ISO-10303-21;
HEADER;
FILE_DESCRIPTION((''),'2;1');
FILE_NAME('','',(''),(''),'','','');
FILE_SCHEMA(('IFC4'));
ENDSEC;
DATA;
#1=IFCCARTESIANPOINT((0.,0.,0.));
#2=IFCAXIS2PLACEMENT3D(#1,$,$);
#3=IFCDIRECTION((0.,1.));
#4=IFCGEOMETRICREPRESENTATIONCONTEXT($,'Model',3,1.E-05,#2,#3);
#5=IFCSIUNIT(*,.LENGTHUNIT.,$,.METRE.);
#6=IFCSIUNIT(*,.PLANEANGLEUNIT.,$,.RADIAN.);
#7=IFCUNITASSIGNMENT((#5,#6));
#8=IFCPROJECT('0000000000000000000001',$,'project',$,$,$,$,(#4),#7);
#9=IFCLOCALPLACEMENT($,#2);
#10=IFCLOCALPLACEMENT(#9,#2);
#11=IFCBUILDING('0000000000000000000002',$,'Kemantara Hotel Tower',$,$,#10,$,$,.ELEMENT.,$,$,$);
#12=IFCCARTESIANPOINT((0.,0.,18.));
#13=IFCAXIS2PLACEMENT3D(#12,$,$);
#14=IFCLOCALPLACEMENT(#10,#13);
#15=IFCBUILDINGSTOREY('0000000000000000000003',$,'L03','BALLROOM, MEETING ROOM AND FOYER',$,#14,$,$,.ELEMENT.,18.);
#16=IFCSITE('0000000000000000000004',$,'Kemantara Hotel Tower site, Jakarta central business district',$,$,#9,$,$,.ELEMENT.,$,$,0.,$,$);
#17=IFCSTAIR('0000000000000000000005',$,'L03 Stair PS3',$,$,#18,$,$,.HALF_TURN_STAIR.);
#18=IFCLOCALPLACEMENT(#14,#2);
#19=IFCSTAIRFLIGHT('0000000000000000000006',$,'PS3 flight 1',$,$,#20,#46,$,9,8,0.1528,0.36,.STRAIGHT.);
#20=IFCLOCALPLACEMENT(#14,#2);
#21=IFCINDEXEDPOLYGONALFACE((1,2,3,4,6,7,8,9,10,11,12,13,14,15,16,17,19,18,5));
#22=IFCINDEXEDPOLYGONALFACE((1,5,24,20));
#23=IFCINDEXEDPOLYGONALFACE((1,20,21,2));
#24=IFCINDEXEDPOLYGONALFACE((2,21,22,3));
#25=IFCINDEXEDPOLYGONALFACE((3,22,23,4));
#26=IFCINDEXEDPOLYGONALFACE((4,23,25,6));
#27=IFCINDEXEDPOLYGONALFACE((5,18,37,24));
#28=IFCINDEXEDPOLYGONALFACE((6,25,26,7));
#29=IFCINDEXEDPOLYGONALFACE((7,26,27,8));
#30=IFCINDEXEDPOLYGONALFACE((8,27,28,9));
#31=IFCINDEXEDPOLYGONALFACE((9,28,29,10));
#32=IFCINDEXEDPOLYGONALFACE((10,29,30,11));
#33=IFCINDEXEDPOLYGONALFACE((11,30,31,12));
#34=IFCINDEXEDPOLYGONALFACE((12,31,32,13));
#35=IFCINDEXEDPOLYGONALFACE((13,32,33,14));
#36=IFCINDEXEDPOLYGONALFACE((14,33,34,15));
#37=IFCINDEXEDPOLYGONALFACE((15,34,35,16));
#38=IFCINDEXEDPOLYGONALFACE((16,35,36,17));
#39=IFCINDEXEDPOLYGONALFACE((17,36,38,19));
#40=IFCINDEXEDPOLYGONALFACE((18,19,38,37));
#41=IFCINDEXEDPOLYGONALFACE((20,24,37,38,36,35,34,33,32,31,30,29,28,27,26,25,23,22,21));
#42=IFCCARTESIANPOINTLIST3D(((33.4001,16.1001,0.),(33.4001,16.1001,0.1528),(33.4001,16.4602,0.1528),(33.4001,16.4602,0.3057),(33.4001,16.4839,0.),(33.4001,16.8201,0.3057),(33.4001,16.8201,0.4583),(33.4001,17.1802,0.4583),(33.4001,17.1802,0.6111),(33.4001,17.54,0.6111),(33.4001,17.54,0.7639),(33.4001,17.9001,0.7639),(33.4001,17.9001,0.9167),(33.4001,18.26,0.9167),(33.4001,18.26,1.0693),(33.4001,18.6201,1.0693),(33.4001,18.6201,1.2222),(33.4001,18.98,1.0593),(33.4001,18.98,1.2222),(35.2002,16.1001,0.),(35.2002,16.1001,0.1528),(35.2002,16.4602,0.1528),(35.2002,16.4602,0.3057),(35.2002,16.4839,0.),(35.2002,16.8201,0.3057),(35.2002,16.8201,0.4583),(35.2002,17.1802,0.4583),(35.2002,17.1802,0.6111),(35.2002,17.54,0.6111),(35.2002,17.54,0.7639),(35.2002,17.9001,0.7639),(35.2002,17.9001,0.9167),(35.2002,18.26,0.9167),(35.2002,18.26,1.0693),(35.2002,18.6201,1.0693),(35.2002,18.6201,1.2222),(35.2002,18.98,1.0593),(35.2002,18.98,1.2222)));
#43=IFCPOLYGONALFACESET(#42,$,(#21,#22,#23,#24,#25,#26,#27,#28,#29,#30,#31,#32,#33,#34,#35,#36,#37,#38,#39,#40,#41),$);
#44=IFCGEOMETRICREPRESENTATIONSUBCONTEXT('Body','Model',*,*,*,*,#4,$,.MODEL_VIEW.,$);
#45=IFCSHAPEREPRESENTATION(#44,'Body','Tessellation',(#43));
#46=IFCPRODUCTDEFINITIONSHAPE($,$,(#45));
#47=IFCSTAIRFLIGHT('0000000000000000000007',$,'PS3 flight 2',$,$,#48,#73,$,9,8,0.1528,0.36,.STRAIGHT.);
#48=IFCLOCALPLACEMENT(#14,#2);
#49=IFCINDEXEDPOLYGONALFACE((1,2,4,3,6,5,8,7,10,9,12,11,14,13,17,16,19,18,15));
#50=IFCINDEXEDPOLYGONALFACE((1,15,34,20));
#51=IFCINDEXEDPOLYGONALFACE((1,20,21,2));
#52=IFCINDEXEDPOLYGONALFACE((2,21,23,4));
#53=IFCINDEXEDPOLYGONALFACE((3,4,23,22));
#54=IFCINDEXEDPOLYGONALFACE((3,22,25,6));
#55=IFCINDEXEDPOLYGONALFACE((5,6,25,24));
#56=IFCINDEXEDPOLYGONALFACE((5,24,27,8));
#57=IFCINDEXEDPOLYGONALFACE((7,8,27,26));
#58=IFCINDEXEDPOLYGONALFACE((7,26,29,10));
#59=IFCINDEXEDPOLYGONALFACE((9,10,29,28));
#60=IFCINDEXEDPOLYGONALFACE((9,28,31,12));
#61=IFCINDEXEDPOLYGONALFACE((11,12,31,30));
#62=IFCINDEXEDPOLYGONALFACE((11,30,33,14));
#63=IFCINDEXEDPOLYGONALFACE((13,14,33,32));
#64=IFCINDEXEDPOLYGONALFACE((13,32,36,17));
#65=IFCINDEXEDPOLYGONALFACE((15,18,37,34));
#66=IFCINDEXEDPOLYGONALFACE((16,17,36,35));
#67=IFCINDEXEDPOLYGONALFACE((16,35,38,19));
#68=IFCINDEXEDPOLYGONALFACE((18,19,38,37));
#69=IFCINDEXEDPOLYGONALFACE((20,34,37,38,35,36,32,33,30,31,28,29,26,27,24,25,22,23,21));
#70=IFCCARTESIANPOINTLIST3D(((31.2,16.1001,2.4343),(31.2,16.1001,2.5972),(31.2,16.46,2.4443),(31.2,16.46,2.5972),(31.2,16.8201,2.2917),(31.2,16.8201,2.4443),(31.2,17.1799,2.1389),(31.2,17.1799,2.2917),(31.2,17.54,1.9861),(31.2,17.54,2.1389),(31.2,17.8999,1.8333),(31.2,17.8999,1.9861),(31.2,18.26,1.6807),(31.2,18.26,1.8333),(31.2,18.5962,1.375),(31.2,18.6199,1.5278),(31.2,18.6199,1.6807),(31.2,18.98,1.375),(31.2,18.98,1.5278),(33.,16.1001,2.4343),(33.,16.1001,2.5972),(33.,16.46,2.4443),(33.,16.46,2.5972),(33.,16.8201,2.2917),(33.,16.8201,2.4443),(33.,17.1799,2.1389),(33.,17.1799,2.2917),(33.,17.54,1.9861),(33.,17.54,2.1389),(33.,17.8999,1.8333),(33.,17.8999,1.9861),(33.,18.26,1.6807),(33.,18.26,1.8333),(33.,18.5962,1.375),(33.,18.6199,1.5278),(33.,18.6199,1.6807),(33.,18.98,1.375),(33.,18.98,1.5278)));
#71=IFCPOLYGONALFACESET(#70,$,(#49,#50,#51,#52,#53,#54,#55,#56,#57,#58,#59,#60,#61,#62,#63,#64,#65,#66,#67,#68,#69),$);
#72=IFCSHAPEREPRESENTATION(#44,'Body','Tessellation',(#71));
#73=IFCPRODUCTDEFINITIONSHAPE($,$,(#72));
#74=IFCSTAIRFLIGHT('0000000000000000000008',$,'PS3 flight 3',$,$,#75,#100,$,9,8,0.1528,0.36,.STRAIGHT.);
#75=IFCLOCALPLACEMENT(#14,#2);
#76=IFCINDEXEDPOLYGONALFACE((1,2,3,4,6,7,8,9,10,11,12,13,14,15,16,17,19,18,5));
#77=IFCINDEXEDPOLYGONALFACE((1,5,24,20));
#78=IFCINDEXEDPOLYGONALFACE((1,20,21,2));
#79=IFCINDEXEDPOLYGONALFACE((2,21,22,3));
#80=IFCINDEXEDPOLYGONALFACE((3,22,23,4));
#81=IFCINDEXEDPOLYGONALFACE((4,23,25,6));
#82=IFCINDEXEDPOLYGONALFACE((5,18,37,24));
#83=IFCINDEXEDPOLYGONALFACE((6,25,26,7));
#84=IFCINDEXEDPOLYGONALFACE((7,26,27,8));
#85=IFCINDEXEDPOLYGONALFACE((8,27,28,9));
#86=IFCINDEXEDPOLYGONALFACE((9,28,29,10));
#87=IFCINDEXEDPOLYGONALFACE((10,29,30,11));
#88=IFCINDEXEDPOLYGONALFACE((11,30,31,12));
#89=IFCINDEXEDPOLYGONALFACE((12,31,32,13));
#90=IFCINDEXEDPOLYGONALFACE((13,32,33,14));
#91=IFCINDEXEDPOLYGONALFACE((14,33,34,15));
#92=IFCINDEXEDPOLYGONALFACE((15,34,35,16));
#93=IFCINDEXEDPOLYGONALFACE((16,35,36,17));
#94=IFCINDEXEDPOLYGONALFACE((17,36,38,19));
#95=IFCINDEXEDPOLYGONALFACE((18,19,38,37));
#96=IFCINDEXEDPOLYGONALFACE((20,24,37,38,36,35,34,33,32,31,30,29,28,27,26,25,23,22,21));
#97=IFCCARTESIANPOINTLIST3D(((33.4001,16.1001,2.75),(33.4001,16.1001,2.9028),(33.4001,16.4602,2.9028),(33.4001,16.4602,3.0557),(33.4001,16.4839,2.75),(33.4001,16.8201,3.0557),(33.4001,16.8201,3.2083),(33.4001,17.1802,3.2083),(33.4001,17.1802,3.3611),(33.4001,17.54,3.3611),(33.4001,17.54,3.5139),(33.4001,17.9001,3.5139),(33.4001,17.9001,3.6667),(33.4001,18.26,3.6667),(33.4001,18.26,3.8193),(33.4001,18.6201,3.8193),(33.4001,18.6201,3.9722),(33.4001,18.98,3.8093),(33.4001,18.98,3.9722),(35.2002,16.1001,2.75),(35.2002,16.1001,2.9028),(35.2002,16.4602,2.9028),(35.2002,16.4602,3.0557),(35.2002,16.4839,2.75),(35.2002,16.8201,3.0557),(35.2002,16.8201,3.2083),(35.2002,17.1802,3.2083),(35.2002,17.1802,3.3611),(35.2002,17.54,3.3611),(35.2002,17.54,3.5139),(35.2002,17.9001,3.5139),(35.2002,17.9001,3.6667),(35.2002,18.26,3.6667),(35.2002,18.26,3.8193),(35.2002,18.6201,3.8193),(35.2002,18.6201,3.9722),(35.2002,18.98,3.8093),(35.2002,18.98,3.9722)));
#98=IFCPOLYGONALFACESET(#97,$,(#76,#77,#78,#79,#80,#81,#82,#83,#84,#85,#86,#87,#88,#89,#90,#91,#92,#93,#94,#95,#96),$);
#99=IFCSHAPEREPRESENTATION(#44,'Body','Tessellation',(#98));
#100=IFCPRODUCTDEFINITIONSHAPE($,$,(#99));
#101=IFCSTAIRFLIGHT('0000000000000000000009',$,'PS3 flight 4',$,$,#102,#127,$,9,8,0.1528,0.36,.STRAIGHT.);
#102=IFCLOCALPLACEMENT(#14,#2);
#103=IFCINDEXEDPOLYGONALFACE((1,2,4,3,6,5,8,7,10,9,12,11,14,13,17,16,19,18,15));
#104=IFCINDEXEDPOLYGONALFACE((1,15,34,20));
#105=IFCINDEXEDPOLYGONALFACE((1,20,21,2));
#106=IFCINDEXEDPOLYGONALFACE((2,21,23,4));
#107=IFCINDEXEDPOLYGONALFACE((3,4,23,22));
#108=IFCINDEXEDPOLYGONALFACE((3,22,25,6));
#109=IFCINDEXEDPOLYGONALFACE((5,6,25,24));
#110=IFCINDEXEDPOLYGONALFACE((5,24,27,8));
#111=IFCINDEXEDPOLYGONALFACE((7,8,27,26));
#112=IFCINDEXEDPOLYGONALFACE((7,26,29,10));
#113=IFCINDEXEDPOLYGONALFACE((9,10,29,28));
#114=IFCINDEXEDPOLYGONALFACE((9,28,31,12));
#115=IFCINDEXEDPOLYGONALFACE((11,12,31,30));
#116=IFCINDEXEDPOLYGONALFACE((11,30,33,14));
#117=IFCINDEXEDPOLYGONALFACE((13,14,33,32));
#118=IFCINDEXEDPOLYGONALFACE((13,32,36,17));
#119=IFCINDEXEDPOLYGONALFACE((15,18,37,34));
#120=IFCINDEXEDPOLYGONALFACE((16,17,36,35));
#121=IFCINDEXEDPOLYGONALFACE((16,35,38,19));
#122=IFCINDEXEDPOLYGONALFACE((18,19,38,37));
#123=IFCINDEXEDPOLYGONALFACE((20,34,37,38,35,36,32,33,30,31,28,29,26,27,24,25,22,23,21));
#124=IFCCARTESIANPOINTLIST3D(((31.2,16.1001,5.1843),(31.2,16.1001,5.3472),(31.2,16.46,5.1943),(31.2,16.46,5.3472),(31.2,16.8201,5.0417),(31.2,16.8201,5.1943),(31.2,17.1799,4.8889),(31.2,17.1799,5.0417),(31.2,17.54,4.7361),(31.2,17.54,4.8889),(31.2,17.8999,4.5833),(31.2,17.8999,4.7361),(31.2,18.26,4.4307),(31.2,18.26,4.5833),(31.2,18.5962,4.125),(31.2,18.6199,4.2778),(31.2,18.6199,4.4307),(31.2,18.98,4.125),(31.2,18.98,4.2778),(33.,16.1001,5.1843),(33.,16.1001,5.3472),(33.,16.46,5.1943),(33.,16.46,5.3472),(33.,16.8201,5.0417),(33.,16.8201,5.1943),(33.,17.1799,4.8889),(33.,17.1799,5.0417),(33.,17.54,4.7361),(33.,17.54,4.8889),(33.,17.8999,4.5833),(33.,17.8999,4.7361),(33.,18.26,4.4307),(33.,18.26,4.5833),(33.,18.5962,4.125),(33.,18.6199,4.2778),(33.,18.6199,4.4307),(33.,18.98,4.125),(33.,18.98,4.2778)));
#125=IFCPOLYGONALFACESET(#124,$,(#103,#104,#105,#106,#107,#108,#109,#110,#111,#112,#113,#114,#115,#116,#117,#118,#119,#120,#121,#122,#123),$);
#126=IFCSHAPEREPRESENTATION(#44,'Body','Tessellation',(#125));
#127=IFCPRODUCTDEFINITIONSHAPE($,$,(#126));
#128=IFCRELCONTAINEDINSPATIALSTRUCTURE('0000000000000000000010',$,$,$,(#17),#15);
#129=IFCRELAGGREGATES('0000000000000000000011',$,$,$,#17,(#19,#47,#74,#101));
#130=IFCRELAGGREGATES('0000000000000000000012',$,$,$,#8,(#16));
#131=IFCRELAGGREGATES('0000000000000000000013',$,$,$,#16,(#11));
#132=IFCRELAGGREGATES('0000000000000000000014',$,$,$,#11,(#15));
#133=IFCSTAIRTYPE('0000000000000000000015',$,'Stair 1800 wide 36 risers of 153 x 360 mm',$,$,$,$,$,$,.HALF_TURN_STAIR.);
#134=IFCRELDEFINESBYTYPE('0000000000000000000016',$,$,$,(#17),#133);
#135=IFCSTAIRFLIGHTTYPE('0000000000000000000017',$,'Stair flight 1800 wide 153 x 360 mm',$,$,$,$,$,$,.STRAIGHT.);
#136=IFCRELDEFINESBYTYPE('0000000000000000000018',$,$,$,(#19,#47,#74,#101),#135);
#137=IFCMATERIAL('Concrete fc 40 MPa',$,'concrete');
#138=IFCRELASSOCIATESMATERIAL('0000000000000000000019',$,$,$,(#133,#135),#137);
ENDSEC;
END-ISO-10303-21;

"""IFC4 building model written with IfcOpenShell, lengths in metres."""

from ifc_helpers import new_model, si_unit, direction, frame, origin, place, context, subcontext, project, spatial, polyline, outline, extrude, material, type_object, element, aggregate, save


model = new_model("IFC4")

# Units and contexts
model_context = context("Model", 3, precision=1e-05, world=origin(), true_north=direction((0.0, 1.0)))
body_context = subcontext(model_context, "Body", "Model", "MODEL_VIEW")
ifc_project = project(units=[si_unit("LENGTHUNIT", "METRE"), si_unit("PLANEANGLEUNIT", "RADIAN")], contexts=[model_context])

# Site, building, storey
site_placement = place(None, origin())
site = spatial("IfcSite", under=ifc_project, at=site_placement, Name="Kemantara Hotel Tower site, Jakarta central business district", CompositionType="ELEMENT", RefElevation=0.0)
building_placement = place(site_placement, origin())
building = spatial("IfcBuilding", under=site, at=building_placement, Name="Kemantara Hotel Tower", CompositionType="ELEMENT")
storey_placement = place(building_placement, frame((0.0, 0.0, 18.0)))
storey = spatial("IfcBuildingStorey", under=building, at=storey_placement, Name="L03", Description="BALLROOM, MEETING ROOM AND FOYER", CompositionType="ELEMENT", Elevation=18.0)

# Shared definitions
ifc_material_1 = material(Name="Concrete fc 40 MPa", Category="concrete")

# Stair, stair flights
stair_type = type_object("IfcStairType", Name="Stair 1800 wide 36 risers of 153 x 360 mm", PredefinedType="HALF_TURN_STAIR", material=ifc_material_1)
stair_flight_type = type_object("IfcStairFlightType", Name="Stair flight 1800 wide 153 x 360 mm", PredefinedType="STRAIGHT", material=ifc_material_1)
stair_1_placement = place(storey_placement, origin())
stair_1 = element("IfcStair", 1, at=stair_1_placement, inside=storey, type_object=stair_type, Name="L03 Stair PS3", PredefinedType="HALF_TURN_STAIR")
stair_flight_1_placement = place(storey_placement, frame((34.3, 16.1001, 0.0), z_axis=(0.0, 0.0, 1.0), x_axis=(0.0, 1.0, 0.0)))
stair_flight_1 = element("IfcStairFlight", 2, at=stair_flight_1_placement, type_object=stair_flight_type, Name="PS3 flight 1", NumberOfRisers=9, NumberOfTreads=8, PredefinedType="STRAIGHT", RiserHeight=0.1528, TreadLength=0.36, context=body_context, shape_type="SweptSolid", body=[
    extrude(outline(polyline([(0.0, 0.0), (0.0, 0.1528), (0.3601, 0.1528), (0.3601, 0.3057), (0.72, 0.3057), (0.72, 0.4583), (1.0801, 0.4583), (1.0801, 0.6111), (1.4399, 0.6111), (1.4399, 0.7639), (1.8, 0.7639), (1.8, 0.9167), (2.1599, 0.9167), (2.1599, 1.0693), (2.52, 1.0693), (2.52, 1.2222), (2.8799, 1.2222), (2.8799, 1.375), (2.8799, 1.0593), (0.3838, 0.0), (0.0, 0.0)])), frame((0.0, 0.8999, 0.0), z_axis=(0.0, -1.0, 0.0), x_axis=(1.0, 0.0, 0.0)), (0.0, 0.0, 1.0), 1.8),
])
stair_flight_2_placement = place(storey_placement, frame((32.1001, 18.98, 1.375), z_axis=(0.0, 0.0, 1.0), x_axis=(0.0, -1.0, 0.0)))
stair_flight_2 = element("IfcStairFlight", 3, at=stair_flight_2_placement, type_object=stair_flight_type, Name="PS3 flight 2", NumberOfRisers=9, NumberOfTreads=8, PredefinedType="STRAIGHT", RiserHeight=0.1528, TreadLength=0.36, context=body_context, shape_type="SweptSolid", body=[
    extrude(outline(polyline([(0.0, 0.0), (0.0, 0.1528), (0.3601, 0.1528), (0.3601, 0.3057), (0.72, 0.3057), (0.72, 0.4583), (1.0801, 0.4583), (1.0801, 0.6111), (1.4399, 0.6111), (1.4399, 0.7639), (1.8, 0.7639), (1.8, 0.9167), (2.1599, 0.9167), (2.1599, 1.0693), (2.52, 1.0693), (2.52, 1.2222), (2.8799, 1.2222), (2.8799, 1.375), (2.8799, 1.0593), (0.3838, 0.0), (0.0, 0.0)])), frame((0.0, 0.8999, 0.0), z_axis=(0.0, -1.0, 0.0), x_axis=(1.0, 0.0, 0.0)), (0.0, 0.0, 1.0), 1.8),
])
stair_flight_3_placement = place(storey_placement, frame((34.3, 16.1001, 2.75), z_axis=(0.0, 0.0, 1.0), x_axis=(0.0, 1.0, 0.0)))
stair_flight_3 = element("IfcStairFlight", 4, at=stair_flight_3_placement, type_object=stair_flight_type, Name="PS3 flight 3", NumberOfRisers=9, NumberOfTreads=8, PredefinedType="STRAIGHT", RiserHeight=0.1528, TreadLength=0.36, context=body_context, shape_type="SweptSolid", body=[
    extrude(outline(polyline([(0.0, 0.0), (0.0, 0.1528), (0.3601, 0.1528), (0.3601, 0.3057), (0.72, 0.3057), (0.72, 0.4583), (1.0801, 0.4583), (1.0801, 0.6111), (1.4399, 0.6111), (1.4399, 0.7639), (1.8, 0.7639), (1.8, 0.9167), (2.1599, 0.9167), (2.1599, 1.0693), (2.52, 1.0693), (2.52, 1.2222), (2.8799, 1.2222), (2.8799, 1.375), (2.8799, 1.0593), (0.3838, 0.0), (0.0, 0.0)])), frame((0.0, 0.8999, 0.0), z_axis=(0.0, -1.0, 0.0), x_axis=(1.0, 0.0, 0.0)), (0.0, 0.0, 1.0), 1.8),
])
stair_flight_4_placement = place(storey_placement, frame((32.1001, 18.98, 4.125), z_axis=(0.0, 0.0, 1.0), x_axis=(0.0, -1.0, 0.0)))
stair_flight_4 = element("IfcStairFlight", 5, at=stair_flight_4_placement, type_object=stair_flight_type, Name="PS3 flight 4", NumberOfRisers=9, NumberOfTreads=8, PredefinedType="STRAIGHT", RiserHeight=0.1528, TreadLength=0.36, context=body_context, shape_type="SweptSolid", body=[
    extrude(outline(polyline([(0.0, 0.0), (0.0, 0.1528), (0.3601, 0.1528), (0.3601, 0.3057), (0.72, 0.3057), (0.72, 0.4583), (1.0801, 0.4583), (1.0801, 0.6111), (1.4399, 0.6111), (1.4399, 0.7639), (1.8, 0.7639), (1.8, 0.9167), (2.1599, 0.9167), (2.1599, 1.0693), (2.52, 1.0693), (2.52, 1.2222), (2.8799, 1.2222), (2.8799, 1.375), (2.8799, 1.0593), (0.3838, 0.0), (0.0, 0.0)])), frame((0.0, 0.8999, 0.0), z_axis=(0.0, -1.0, 0.0), x_axis=(1.0, 0.0, 0.0)), (0.0, 0.0, 1.0), 1.8),
])
aggregate(stair_1, [stair_flight_1, stair_flight_2, stair_flight_3, stair_flight_4])

save(model, "model.ifc")
